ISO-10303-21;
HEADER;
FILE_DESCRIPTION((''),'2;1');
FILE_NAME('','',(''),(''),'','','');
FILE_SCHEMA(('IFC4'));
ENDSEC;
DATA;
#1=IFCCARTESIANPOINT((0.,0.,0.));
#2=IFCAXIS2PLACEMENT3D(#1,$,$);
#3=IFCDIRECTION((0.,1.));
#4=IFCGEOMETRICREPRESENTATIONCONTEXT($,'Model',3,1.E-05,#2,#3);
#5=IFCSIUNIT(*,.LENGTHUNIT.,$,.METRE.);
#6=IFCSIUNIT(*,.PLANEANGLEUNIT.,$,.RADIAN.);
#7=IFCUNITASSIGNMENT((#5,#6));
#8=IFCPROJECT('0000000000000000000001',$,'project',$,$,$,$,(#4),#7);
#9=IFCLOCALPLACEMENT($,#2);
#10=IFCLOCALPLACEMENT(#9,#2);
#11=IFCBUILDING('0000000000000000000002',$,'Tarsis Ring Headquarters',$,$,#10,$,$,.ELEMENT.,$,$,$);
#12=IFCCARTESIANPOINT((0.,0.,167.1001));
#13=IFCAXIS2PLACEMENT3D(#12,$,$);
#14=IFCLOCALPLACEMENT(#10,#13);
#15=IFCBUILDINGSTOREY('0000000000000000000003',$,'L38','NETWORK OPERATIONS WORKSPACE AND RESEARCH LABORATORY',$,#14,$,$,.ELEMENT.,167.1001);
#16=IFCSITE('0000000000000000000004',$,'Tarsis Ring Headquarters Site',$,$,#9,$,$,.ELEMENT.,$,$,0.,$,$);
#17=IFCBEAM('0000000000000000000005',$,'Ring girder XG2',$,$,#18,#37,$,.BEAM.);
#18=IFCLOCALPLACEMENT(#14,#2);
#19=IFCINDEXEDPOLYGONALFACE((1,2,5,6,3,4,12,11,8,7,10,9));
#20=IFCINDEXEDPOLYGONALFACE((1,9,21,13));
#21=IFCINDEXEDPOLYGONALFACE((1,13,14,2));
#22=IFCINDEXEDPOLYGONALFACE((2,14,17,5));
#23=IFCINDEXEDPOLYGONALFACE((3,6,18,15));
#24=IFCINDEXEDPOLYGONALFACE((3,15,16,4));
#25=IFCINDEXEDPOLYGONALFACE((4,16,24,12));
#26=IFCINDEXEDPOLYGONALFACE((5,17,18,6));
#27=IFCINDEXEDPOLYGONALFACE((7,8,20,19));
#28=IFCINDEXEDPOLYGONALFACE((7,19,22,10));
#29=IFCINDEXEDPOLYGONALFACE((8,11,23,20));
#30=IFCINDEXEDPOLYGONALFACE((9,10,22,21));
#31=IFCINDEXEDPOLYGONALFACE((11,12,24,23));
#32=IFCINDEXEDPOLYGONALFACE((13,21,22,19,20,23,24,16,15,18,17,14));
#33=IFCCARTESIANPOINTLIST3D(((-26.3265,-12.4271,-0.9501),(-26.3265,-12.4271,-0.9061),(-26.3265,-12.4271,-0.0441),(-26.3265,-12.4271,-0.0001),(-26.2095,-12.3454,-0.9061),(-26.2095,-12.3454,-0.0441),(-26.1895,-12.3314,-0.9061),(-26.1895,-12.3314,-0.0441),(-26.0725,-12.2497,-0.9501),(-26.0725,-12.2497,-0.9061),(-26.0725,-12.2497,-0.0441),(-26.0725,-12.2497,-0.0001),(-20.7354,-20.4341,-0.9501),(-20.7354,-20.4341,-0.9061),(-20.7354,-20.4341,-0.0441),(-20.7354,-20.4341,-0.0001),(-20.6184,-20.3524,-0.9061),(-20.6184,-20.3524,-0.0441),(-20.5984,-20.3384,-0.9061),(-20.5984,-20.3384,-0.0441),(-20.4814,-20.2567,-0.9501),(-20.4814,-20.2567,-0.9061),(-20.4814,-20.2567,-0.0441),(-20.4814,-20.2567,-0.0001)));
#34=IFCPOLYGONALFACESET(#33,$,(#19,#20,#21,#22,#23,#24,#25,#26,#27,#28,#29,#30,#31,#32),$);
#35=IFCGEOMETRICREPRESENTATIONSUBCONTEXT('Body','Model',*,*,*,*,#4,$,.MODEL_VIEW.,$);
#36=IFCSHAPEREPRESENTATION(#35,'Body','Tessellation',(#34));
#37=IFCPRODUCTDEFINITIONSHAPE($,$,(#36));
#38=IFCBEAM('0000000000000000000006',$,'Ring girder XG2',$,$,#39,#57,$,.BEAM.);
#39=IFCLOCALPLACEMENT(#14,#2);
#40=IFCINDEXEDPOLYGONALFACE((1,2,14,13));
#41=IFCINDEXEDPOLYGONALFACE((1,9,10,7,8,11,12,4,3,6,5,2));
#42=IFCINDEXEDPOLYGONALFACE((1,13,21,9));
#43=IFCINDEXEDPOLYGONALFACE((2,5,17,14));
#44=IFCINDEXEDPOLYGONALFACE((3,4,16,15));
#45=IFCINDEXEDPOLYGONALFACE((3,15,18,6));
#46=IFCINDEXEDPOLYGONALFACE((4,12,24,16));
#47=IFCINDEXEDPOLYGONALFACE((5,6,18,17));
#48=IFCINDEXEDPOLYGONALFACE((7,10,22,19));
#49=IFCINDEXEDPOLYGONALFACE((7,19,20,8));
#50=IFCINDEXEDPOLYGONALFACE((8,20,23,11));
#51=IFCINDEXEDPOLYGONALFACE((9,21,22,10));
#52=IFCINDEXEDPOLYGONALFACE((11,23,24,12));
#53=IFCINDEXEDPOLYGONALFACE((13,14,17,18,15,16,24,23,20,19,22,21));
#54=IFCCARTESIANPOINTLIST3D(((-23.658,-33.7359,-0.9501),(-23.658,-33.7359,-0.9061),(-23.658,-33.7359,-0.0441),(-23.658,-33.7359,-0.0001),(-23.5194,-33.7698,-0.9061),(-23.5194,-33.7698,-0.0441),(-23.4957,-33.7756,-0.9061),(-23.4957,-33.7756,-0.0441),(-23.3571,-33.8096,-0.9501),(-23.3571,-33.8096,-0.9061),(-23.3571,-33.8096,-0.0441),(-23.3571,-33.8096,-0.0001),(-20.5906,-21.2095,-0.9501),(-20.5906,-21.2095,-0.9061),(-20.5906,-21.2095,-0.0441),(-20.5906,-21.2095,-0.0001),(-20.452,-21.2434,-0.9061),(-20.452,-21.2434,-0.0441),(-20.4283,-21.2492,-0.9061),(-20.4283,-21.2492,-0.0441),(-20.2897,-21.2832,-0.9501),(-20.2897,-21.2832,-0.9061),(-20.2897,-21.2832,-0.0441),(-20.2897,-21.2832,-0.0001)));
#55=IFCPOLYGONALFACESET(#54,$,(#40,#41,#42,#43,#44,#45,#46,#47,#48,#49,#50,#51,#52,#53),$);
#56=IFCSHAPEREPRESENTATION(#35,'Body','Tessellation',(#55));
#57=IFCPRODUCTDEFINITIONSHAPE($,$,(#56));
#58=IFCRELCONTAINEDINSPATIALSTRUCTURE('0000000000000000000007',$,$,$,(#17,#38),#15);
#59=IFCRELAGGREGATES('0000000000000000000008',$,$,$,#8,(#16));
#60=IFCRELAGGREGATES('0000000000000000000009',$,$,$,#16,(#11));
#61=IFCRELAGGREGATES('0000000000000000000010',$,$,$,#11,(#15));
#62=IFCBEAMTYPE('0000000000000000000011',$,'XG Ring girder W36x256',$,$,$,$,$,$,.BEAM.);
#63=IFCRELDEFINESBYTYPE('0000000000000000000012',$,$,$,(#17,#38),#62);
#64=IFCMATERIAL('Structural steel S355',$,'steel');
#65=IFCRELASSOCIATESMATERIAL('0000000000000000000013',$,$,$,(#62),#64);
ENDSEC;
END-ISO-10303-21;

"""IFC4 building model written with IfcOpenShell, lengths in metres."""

from ifc_helpers import new_model, si_unit, direction, frame, origin, origin_2d, place, context, subcontext, project, spatial, i_section, extrude, material, material_profile, profile_set, type_object, element, save


model = new_model("IFC4")

# Units and contexts
model_context = context("Model", 3, precision=1e-05, world=origin(), true_north=direction((0.0, 1.0)))
body_context = subcontext(model_context, "Body", "Model", "MODEL_VIEW")
ifc_project = project(units=[si_unit("LENGTHUNIT", "METRE"), si_unit("PLANEANGLEUNIT", "RADIAN")], contexts=[model_context])

# Site, building, storey
site_placement = place(None, origin())
site = spatial("IfcSite", under=ifc_project, at=site_placement, Name="Tarsis Ring Headquarters Site", CompositionType="ELEMENT", RefElevation=0.0)
building_placement = place(site_placement, origin())
building = spatial("IfcBuilding", under=site, at=building_placement, Name="Tarsis Ring Headquarters", CompositionType="ELEMENT")
storey_placement = place(building_placement, frame((0.0, 0.0, 167.1001)))
storey = spatial("IfcBuildingStorey", under=building, at=storey_placement, Name="L38", Description="NETWORK OPERATIONS WORKSPACE AND RESEARCH LABORATORY", CompositionType="ELEMENT", Elevation=167.1001)

# Shared definitions
ifc_material_1 = material(Name="Structural steel S355", Category="steel")

# Beams
ifc_material_profile_1 = material_profile(ifc_material_1, i_section(OverallWidth=0.3098, OverallDepth=0.95, WebThickness=0.0244, FlangeThickness=0.0439, at=origin_2d()), Name="W36x256")
ifc_profile_set_1 = profile_set([ifc_material_profile_1], Name="Structural steel S355")
beam_type_1 = type_object("IfcBeamType", Name="XG Ring girder W36x256", PredefinedType="BEAM", material=ifc_profile_set_1)
beam_1_placement = place(storey_placement, frame((-26.1995, -12.3384, -0.4751), z_axis=(0.572507, -0.8199, 0.0), x_axis=(0.8199, 0.572507, 0.0)))
element("IfcBeam", 1, at=beam_1_placement, inside=storey, type_object=beam_type_1, Name="Ring girder XG2", PredefinedType="BEAM", context=body_context, shape_type="SweptSolid", body=[
    extrude(i_section(OverallWidth=0.3098, OverallDepth=0.95, WebThickness=0.0244, FlangeThickness=0.0439, at=origin_2d()), origin(), (0.0, 0.0, 1.0), 9.7659),
])
beam_2_placement = place(storey_placement, frame((-20.4402, -21.2463, -0.4751), z_axis=(-0.237847, -0.971303, 0.0), x_axis=(0.971303, -0.237847, 0.0)))
element("IfcBeam", 2, at=beam_2_placement, inside=storey, type_object=beam_type_1, Name="Ring girder XG2", PredefinedType="BEAM", context=body_context, shape_type="SweptSolid", body=[
    extrude(i_section(OverallWidth=0.3098, OverallDepth=0.95, WebThickness=0.0244, FlangeThickness=0.0439, at=origin_2d()), origin(), (0.0, 0.0, 1.0), 12.8965),
])

save(model, "model.ifc")
